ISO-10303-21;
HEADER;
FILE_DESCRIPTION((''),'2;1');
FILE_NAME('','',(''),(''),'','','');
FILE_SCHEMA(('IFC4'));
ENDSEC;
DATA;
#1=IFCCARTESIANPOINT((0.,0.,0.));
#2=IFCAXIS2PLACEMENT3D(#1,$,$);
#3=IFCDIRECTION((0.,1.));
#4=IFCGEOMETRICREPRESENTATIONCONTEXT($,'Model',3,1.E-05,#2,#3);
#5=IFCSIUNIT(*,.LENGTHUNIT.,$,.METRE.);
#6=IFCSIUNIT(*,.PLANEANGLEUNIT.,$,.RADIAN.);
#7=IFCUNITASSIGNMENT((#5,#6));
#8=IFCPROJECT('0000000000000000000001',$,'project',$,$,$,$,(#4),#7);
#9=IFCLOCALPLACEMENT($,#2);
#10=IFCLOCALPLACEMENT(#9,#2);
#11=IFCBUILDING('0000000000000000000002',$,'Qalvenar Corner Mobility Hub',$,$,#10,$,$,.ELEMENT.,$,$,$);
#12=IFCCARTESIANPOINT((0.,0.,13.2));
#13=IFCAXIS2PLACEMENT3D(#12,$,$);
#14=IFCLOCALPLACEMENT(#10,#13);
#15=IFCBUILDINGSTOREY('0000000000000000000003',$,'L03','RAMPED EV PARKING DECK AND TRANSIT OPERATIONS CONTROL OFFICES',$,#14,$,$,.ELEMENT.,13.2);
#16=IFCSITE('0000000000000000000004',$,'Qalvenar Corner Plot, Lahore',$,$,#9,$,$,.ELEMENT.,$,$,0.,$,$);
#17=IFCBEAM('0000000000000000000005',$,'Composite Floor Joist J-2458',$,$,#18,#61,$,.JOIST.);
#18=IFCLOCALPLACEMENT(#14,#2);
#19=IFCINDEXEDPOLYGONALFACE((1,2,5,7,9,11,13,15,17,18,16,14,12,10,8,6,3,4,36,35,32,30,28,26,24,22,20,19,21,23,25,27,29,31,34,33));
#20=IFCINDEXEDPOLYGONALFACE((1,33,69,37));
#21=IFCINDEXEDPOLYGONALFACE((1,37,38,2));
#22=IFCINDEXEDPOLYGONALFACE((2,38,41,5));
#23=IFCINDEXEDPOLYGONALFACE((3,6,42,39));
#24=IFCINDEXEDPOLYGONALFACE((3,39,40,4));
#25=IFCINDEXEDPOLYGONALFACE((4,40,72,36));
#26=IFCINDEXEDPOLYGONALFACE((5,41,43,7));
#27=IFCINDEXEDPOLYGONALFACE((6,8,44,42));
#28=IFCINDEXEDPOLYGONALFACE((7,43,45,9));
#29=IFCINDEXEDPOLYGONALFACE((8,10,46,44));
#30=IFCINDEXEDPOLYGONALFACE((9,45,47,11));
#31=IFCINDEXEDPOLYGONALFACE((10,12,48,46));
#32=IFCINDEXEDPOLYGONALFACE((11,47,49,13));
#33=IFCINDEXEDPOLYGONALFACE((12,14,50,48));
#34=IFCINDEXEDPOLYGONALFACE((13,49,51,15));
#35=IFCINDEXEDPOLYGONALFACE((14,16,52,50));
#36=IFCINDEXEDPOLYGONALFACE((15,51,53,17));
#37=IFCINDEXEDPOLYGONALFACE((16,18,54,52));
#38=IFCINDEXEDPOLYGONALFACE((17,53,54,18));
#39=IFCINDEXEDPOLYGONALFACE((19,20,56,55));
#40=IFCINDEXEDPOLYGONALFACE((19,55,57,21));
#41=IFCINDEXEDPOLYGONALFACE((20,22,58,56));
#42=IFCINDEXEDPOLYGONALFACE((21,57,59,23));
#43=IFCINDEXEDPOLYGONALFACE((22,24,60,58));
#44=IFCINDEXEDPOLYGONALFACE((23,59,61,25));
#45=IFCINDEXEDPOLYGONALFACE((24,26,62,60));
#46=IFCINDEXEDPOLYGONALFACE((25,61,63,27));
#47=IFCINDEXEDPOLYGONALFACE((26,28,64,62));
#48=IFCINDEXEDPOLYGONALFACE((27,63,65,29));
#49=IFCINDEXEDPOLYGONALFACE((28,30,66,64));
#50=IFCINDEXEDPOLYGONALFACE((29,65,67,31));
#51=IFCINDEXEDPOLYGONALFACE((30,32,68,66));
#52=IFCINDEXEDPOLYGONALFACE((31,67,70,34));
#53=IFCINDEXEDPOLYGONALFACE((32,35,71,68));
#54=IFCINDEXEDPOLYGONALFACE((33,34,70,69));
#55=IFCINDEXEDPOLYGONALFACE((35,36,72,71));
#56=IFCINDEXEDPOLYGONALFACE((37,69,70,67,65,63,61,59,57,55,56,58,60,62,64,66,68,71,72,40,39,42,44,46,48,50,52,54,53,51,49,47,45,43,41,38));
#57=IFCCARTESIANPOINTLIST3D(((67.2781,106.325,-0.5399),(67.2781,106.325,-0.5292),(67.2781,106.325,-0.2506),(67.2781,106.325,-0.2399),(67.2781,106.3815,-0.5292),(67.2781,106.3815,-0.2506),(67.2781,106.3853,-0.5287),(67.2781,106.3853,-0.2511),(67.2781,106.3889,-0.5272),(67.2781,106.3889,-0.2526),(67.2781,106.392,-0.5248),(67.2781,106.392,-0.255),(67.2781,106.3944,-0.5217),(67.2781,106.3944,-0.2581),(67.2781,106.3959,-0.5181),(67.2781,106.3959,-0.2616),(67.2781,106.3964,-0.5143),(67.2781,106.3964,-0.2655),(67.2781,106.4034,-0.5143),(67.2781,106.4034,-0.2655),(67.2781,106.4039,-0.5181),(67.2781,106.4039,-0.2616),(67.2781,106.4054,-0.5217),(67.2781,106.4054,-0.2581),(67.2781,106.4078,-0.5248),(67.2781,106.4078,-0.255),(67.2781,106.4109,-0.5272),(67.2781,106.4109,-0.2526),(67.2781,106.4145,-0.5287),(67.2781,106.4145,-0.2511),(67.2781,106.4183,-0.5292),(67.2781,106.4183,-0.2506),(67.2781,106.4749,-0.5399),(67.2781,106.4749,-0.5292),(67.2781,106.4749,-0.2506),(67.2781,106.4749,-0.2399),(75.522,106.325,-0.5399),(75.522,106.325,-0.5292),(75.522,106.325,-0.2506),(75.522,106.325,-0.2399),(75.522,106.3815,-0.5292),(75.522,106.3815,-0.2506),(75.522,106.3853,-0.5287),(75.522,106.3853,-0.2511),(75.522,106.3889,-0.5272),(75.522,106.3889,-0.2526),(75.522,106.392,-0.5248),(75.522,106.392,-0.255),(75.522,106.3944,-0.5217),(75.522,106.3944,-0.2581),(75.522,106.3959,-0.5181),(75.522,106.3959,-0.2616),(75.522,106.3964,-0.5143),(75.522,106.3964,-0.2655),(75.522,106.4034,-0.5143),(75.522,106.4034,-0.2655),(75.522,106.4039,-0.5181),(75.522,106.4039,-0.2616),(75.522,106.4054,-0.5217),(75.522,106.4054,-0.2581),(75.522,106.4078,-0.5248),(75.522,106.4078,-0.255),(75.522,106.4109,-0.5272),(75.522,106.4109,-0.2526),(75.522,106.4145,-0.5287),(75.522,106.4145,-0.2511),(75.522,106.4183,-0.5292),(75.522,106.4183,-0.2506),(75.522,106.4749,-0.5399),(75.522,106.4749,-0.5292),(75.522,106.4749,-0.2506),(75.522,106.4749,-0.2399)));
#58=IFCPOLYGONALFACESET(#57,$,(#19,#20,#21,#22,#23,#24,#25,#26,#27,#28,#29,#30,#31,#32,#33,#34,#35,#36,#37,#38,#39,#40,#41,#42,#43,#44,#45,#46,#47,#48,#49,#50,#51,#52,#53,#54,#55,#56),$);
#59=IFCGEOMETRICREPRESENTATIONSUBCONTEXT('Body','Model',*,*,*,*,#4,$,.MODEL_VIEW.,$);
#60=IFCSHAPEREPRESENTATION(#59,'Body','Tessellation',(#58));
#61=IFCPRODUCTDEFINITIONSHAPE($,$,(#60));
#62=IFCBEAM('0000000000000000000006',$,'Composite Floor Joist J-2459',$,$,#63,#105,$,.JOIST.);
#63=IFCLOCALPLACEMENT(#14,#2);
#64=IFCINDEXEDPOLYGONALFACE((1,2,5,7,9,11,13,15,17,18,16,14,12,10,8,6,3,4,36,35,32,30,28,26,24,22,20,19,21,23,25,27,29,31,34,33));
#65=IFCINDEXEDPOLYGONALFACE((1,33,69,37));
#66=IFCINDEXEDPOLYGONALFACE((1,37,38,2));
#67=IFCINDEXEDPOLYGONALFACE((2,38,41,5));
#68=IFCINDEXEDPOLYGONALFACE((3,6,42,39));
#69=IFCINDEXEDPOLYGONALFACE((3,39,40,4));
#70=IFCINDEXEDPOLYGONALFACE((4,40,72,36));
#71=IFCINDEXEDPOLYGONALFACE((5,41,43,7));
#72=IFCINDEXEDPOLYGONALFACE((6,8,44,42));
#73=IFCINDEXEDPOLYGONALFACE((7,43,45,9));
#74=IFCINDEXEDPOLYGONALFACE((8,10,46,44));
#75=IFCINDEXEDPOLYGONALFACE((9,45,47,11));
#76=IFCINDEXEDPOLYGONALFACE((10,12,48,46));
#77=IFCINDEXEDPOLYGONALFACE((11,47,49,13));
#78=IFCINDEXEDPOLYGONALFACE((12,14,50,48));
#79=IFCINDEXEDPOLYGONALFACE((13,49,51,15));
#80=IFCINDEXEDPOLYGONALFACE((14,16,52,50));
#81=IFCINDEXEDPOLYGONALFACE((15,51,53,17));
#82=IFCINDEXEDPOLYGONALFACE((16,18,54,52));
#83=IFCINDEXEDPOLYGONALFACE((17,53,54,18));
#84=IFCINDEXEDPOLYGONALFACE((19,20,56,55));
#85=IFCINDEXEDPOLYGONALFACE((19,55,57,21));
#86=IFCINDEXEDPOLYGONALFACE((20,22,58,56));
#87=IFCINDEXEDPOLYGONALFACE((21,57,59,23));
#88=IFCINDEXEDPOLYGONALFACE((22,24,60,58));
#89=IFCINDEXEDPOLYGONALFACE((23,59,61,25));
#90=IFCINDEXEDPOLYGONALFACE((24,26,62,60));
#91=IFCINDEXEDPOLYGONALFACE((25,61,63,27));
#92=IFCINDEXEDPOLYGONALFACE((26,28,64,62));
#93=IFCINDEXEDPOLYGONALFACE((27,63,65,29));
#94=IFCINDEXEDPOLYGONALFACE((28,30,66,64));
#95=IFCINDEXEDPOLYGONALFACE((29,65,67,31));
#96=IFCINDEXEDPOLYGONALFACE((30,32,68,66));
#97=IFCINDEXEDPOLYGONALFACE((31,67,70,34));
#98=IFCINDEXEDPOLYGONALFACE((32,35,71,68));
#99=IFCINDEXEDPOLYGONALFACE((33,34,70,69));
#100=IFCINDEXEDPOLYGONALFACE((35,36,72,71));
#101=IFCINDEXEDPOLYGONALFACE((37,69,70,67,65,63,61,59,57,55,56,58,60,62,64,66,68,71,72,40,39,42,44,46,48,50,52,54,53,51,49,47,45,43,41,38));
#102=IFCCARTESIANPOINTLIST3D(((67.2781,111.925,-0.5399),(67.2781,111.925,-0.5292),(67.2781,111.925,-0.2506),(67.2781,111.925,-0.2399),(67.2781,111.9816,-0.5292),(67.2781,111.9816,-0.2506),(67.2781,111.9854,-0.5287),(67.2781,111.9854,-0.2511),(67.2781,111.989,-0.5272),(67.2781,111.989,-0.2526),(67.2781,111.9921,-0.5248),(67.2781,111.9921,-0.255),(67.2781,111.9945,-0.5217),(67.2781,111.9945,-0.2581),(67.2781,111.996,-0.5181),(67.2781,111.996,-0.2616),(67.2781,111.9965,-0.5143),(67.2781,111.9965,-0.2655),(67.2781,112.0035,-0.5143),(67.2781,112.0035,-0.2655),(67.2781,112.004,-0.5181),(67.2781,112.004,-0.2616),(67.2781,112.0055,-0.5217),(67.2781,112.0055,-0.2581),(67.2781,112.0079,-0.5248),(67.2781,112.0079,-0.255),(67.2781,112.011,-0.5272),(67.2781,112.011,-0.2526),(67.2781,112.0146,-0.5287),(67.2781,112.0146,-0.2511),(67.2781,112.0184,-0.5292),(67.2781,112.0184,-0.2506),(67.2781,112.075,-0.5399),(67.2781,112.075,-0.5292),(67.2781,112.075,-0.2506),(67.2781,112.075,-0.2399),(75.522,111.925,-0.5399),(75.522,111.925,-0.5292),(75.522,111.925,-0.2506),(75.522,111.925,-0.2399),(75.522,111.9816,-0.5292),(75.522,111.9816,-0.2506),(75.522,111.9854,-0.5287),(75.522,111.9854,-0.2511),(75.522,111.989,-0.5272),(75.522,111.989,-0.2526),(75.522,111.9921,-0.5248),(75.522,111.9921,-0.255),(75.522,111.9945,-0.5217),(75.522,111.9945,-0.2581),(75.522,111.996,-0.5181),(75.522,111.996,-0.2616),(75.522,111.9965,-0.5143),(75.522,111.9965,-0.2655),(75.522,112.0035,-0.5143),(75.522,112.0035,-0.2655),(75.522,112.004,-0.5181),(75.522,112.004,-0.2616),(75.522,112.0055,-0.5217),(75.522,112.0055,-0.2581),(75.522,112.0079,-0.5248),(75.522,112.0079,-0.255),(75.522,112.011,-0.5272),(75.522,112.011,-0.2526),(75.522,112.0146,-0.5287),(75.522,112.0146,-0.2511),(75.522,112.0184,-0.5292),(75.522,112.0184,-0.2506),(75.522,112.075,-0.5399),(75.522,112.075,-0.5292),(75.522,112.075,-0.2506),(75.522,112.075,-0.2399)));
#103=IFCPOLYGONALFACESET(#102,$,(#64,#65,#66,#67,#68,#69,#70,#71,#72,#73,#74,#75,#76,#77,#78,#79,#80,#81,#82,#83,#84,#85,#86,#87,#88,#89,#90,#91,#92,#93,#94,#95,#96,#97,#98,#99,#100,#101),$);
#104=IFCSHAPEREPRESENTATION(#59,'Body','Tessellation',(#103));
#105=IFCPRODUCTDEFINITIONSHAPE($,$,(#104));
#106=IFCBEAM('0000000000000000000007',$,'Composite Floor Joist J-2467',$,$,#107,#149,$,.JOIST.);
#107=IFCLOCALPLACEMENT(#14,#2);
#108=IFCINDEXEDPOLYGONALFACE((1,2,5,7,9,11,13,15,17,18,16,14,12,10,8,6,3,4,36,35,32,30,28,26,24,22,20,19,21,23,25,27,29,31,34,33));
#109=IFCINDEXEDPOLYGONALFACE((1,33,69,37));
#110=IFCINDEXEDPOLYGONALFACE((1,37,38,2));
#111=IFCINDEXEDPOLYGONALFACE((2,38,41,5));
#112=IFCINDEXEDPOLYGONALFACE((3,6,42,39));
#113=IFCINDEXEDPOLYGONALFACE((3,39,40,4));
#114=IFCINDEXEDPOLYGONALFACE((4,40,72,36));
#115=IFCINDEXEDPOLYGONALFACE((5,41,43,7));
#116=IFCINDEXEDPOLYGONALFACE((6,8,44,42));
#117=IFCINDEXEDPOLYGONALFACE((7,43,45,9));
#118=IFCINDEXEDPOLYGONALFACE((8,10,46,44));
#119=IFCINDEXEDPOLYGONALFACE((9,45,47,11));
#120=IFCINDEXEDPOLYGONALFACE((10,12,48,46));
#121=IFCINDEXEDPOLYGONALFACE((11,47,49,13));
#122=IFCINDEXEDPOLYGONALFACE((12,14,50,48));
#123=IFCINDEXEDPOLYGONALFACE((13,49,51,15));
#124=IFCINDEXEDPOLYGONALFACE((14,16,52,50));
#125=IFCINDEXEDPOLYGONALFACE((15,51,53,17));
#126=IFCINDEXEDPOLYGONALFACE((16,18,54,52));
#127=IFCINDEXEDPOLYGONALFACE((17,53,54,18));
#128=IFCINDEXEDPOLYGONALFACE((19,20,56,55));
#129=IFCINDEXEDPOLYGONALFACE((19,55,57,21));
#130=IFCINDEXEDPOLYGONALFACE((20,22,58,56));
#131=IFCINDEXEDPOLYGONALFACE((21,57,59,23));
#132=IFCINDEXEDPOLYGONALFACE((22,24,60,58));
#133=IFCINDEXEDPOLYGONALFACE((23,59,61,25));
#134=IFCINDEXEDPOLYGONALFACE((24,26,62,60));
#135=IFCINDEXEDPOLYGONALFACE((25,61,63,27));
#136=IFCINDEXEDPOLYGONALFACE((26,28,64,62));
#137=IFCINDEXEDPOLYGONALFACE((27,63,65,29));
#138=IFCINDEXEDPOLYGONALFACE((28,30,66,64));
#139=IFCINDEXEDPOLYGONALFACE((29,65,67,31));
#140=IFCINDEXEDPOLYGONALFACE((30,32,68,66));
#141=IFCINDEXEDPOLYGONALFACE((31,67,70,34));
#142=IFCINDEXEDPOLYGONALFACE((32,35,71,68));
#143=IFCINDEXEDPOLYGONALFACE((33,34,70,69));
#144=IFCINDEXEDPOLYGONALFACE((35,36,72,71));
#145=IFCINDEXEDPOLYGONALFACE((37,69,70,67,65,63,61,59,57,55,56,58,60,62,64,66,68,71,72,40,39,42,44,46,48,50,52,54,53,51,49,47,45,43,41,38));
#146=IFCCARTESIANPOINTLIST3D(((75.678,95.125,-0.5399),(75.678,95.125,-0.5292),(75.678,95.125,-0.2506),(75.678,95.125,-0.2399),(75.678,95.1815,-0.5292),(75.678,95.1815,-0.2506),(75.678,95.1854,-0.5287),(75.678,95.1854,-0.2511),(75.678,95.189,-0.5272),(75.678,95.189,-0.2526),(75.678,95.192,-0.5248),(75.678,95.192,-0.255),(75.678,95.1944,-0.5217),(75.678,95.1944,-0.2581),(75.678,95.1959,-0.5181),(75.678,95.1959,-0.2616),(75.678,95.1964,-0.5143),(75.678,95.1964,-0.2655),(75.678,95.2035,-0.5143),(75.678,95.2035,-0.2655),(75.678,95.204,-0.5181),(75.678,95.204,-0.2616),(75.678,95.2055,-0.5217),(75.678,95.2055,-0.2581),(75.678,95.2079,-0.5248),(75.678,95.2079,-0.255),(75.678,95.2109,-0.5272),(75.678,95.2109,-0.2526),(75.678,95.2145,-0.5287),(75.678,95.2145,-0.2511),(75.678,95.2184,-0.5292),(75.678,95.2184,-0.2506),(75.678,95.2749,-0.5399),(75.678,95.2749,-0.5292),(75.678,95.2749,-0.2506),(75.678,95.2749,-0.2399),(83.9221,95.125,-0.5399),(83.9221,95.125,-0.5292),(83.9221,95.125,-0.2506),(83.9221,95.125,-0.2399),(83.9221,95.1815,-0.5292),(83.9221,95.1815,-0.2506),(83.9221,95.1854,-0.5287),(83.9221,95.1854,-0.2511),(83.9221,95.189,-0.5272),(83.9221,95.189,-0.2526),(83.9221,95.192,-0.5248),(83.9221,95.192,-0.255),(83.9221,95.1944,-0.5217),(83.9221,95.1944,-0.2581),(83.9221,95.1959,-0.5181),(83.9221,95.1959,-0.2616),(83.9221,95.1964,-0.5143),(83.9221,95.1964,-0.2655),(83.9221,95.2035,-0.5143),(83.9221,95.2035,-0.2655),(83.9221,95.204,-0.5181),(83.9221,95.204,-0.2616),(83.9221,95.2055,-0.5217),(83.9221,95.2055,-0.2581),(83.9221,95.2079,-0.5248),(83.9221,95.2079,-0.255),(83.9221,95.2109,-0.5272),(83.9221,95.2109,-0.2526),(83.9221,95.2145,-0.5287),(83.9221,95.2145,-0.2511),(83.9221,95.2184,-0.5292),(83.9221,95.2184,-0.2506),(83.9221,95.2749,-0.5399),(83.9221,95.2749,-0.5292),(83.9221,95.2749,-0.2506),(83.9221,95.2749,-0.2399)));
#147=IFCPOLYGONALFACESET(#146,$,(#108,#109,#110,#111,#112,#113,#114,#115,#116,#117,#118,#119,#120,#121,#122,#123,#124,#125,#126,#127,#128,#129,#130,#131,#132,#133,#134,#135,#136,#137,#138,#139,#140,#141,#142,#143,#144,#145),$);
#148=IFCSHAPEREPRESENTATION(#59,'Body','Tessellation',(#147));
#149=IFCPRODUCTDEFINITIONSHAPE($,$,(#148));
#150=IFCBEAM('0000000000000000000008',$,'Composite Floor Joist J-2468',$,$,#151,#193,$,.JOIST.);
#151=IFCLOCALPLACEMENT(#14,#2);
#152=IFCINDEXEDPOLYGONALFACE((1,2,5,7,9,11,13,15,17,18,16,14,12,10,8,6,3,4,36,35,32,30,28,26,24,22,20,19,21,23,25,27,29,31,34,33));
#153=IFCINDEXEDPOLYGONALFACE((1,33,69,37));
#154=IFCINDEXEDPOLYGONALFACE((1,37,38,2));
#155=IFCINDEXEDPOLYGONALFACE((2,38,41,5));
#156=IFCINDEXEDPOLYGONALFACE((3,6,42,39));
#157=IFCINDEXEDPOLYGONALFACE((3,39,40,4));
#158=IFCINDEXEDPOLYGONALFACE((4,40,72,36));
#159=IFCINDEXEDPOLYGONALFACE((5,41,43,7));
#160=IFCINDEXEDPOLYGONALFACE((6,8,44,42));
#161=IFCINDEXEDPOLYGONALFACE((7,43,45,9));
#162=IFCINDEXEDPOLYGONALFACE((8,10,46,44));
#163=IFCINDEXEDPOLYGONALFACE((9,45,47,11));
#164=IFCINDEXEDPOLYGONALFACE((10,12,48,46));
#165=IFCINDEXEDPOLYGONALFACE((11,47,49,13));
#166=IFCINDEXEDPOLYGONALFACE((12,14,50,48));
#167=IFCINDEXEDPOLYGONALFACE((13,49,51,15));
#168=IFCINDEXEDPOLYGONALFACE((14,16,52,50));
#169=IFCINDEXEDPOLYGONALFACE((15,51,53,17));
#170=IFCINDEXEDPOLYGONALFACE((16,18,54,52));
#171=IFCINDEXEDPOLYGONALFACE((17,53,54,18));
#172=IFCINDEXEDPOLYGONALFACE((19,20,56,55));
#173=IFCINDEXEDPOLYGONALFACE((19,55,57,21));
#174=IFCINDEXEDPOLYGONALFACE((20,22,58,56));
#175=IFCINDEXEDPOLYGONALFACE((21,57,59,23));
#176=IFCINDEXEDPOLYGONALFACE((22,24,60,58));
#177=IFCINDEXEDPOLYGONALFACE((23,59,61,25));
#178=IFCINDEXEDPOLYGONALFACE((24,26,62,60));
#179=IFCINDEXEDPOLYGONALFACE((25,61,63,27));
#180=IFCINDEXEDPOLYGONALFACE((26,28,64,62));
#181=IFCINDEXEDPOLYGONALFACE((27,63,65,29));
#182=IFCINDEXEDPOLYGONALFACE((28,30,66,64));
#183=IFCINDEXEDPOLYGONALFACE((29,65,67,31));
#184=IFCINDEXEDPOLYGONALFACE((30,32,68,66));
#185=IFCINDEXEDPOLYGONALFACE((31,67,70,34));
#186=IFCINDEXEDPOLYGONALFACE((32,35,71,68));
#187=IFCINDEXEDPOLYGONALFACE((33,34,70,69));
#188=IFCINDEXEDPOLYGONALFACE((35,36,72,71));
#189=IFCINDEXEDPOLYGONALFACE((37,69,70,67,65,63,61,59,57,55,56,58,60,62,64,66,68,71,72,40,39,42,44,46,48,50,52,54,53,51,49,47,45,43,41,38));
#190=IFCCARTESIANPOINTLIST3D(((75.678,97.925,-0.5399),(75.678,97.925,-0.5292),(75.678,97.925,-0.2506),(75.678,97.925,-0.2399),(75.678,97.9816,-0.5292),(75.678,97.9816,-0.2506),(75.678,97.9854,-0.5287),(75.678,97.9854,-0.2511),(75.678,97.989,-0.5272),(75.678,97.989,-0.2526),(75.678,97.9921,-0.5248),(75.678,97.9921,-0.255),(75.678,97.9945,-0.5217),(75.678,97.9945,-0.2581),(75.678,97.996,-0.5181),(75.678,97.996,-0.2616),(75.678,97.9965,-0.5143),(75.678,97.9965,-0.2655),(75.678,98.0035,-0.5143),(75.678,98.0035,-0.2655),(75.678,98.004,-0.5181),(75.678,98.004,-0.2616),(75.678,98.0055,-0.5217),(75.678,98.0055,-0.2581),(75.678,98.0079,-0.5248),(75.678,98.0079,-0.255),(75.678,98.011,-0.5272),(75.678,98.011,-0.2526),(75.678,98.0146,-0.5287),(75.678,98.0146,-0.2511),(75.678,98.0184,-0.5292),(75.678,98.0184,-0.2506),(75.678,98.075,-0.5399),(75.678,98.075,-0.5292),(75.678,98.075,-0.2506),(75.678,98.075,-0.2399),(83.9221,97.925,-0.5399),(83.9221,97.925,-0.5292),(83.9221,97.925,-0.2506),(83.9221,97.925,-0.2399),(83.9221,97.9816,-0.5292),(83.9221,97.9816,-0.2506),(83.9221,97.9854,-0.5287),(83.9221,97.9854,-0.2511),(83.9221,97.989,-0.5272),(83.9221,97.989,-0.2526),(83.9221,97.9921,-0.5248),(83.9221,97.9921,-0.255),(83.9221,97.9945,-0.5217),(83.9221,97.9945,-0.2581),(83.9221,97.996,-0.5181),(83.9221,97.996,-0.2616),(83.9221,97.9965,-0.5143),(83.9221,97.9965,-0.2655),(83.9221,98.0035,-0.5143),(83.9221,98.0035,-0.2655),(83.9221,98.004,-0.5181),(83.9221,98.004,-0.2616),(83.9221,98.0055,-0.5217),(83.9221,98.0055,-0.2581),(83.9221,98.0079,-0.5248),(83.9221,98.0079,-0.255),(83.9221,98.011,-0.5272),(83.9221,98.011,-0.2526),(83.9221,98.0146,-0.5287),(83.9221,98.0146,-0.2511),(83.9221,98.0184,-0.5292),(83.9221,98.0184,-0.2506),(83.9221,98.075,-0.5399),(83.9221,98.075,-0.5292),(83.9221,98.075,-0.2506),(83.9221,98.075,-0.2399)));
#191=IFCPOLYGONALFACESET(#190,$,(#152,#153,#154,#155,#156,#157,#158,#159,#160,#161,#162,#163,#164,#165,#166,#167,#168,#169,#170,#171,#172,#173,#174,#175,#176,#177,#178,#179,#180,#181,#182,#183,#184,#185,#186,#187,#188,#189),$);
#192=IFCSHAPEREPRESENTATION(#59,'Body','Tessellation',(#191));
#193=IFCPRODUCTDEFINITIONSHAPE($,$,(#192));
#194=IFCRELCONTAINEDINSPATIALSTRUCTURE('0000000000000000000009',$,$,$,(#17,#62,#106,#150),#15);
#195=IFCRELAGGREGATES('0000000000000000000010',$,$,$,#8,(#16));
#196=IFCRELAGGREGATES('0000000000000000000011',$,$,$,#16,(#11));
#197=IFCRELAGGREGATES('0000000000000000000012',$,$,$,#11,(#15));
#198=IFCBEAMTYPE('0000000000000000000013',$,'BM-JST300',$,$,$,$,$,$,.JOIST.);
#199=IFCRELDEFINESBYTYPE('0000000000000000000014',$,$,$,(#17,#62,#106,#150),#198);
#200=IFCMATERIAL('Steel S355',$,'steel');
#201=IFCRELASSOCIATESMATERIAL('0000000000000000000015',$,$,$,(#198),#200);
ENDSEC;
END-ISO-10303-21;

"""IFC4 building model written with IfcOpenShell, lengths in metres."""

from ifc_helpers import new_model, si_unit, direction, frame, origin, origin_2d, place, context, subcontext, project, spatial, i_section, extrude, material, material_profile, profile_set, type_object, element, save


model = new_model("IFC4")

# Units and contexts
model_context = context("Model", 3, precision=1e-05, world=origin(), true_north=direction((0.0, 1.0)))
body_context = subcontext(model_context, "Body", "Model", "MODEL_VIEW")
ifc_project = project(units=[si_unit("LENGTHUNIT", "METRE"), si_unit("PLANEANGLEUNIT", "RADIAN")], contexts=[model_context])

# Site, building, storey
site_placement = place(None, origin())
site = spatial("IfcSite", under=ifc_project, at=site_placement, Name="Qalvenar Corner Plot, Lahore", CompositionType="ELEMENT", RefElevation=0.0)
building_placement = place(site_placement, origin())
building = spatial("IfcBuilding", under=site, at=building_placement, Name="Qalvenar Corner Mobility Hub", CompositionType="ELEMENT")
storey_placement = place(building_placement, frame((0.0, 0.0, 13.2)))
storey = spatial("IfcBuildingStorey", under=building, at=storey_placement, Name="L03", Description="RAMPED EV PARKING DECK AND TRANSIT OPERATIONS CONTROL OFFICES", CompositionType="ELEMENT", Elevation=13.2)

# Shared definitions
ifc_material = material(Name="Steel S355", Category="steel")

# Beams
ifc_material_profile_1 = material_profile(ifc_material, i_section(OverallWidth=0.1499, OverallDepth=0.3, WebThickness=0.0071, FlangeThickness=0.0107, FilletRadius=0.0149, at=origin_2d()), Name="IPE300")
ifc_profile_set_1 = profile_set([ifc_material_profile_1], Name="Steel S355")
beam_type_1 = type_object("IfcBeamType", Name="BM-JST300", PredefinedType="JOIST", material=ifc_profile_set_1)
for number, where, z_axis, x_axis, name in (
    (1, (67.2781, 106.3999, -0.3899), (1.0, 0.0, 0.0), (0.0, 1.0, 0.0), "Composite Floor Joist J-2458"),
    (2, (67.2781, 112.0, -0.3899), (1.0, 0.0, 0.0), (0.0, 1.0, 0.0), "Composite Floor Joist J-2459"),
):
    element("IfcBeam", number, at=place(storey_placement, frame(where, z_axis=z_axis, x_axis=x_axis)), inside=storey, type_object=beam_type_1, Name=name, PredefinedType="JOIST", context=body_context, shape_type="SweptSolid", body=[
        extrude(i_section(OverallWidth=0.1499, OverallDepth=0.3, WebThickness=0.0071, FlangeThickness=0.0107, FilletRadius=0.0149, at=origin_2d()), origin(), (0.0, 0.0, 1.0), 8.2439),
    ])
for number, where, z_axis, x_axis, name in (
    (3, (75.678, 95.2, -0.3899), (1.0, 0.0, 0.0), (0.0, 1.0, 0.0), "Composite Floor Joist J-2467"),
    (4, (75.678, 98.0, -0.3899), (1.0, 0.0, 0.0), (0.0, 1.0, 0.0), "Composite Floor Joist J-2468"),
):
    element("IfcBeam", number, at=place(storey_placement, frame(where, z_axis=z_axis, x_axis=x_axis)), inside=storey, type_object=beam_type_1, Name=name, PredefinedType="JOIST", context=body_context, shape_type="SweptSolid", body=[
        extrude(i_section(OverallWidth=0.1499, OverallDepth=0.3, WebThickness=0.0071, FlangeThickness=0.0107, FilletRadius=0.0149, at=origin_2d()), origin(), (0.0, 0.0, 1.0), 8.2441),
    ])

save(model, "model.ifc")
